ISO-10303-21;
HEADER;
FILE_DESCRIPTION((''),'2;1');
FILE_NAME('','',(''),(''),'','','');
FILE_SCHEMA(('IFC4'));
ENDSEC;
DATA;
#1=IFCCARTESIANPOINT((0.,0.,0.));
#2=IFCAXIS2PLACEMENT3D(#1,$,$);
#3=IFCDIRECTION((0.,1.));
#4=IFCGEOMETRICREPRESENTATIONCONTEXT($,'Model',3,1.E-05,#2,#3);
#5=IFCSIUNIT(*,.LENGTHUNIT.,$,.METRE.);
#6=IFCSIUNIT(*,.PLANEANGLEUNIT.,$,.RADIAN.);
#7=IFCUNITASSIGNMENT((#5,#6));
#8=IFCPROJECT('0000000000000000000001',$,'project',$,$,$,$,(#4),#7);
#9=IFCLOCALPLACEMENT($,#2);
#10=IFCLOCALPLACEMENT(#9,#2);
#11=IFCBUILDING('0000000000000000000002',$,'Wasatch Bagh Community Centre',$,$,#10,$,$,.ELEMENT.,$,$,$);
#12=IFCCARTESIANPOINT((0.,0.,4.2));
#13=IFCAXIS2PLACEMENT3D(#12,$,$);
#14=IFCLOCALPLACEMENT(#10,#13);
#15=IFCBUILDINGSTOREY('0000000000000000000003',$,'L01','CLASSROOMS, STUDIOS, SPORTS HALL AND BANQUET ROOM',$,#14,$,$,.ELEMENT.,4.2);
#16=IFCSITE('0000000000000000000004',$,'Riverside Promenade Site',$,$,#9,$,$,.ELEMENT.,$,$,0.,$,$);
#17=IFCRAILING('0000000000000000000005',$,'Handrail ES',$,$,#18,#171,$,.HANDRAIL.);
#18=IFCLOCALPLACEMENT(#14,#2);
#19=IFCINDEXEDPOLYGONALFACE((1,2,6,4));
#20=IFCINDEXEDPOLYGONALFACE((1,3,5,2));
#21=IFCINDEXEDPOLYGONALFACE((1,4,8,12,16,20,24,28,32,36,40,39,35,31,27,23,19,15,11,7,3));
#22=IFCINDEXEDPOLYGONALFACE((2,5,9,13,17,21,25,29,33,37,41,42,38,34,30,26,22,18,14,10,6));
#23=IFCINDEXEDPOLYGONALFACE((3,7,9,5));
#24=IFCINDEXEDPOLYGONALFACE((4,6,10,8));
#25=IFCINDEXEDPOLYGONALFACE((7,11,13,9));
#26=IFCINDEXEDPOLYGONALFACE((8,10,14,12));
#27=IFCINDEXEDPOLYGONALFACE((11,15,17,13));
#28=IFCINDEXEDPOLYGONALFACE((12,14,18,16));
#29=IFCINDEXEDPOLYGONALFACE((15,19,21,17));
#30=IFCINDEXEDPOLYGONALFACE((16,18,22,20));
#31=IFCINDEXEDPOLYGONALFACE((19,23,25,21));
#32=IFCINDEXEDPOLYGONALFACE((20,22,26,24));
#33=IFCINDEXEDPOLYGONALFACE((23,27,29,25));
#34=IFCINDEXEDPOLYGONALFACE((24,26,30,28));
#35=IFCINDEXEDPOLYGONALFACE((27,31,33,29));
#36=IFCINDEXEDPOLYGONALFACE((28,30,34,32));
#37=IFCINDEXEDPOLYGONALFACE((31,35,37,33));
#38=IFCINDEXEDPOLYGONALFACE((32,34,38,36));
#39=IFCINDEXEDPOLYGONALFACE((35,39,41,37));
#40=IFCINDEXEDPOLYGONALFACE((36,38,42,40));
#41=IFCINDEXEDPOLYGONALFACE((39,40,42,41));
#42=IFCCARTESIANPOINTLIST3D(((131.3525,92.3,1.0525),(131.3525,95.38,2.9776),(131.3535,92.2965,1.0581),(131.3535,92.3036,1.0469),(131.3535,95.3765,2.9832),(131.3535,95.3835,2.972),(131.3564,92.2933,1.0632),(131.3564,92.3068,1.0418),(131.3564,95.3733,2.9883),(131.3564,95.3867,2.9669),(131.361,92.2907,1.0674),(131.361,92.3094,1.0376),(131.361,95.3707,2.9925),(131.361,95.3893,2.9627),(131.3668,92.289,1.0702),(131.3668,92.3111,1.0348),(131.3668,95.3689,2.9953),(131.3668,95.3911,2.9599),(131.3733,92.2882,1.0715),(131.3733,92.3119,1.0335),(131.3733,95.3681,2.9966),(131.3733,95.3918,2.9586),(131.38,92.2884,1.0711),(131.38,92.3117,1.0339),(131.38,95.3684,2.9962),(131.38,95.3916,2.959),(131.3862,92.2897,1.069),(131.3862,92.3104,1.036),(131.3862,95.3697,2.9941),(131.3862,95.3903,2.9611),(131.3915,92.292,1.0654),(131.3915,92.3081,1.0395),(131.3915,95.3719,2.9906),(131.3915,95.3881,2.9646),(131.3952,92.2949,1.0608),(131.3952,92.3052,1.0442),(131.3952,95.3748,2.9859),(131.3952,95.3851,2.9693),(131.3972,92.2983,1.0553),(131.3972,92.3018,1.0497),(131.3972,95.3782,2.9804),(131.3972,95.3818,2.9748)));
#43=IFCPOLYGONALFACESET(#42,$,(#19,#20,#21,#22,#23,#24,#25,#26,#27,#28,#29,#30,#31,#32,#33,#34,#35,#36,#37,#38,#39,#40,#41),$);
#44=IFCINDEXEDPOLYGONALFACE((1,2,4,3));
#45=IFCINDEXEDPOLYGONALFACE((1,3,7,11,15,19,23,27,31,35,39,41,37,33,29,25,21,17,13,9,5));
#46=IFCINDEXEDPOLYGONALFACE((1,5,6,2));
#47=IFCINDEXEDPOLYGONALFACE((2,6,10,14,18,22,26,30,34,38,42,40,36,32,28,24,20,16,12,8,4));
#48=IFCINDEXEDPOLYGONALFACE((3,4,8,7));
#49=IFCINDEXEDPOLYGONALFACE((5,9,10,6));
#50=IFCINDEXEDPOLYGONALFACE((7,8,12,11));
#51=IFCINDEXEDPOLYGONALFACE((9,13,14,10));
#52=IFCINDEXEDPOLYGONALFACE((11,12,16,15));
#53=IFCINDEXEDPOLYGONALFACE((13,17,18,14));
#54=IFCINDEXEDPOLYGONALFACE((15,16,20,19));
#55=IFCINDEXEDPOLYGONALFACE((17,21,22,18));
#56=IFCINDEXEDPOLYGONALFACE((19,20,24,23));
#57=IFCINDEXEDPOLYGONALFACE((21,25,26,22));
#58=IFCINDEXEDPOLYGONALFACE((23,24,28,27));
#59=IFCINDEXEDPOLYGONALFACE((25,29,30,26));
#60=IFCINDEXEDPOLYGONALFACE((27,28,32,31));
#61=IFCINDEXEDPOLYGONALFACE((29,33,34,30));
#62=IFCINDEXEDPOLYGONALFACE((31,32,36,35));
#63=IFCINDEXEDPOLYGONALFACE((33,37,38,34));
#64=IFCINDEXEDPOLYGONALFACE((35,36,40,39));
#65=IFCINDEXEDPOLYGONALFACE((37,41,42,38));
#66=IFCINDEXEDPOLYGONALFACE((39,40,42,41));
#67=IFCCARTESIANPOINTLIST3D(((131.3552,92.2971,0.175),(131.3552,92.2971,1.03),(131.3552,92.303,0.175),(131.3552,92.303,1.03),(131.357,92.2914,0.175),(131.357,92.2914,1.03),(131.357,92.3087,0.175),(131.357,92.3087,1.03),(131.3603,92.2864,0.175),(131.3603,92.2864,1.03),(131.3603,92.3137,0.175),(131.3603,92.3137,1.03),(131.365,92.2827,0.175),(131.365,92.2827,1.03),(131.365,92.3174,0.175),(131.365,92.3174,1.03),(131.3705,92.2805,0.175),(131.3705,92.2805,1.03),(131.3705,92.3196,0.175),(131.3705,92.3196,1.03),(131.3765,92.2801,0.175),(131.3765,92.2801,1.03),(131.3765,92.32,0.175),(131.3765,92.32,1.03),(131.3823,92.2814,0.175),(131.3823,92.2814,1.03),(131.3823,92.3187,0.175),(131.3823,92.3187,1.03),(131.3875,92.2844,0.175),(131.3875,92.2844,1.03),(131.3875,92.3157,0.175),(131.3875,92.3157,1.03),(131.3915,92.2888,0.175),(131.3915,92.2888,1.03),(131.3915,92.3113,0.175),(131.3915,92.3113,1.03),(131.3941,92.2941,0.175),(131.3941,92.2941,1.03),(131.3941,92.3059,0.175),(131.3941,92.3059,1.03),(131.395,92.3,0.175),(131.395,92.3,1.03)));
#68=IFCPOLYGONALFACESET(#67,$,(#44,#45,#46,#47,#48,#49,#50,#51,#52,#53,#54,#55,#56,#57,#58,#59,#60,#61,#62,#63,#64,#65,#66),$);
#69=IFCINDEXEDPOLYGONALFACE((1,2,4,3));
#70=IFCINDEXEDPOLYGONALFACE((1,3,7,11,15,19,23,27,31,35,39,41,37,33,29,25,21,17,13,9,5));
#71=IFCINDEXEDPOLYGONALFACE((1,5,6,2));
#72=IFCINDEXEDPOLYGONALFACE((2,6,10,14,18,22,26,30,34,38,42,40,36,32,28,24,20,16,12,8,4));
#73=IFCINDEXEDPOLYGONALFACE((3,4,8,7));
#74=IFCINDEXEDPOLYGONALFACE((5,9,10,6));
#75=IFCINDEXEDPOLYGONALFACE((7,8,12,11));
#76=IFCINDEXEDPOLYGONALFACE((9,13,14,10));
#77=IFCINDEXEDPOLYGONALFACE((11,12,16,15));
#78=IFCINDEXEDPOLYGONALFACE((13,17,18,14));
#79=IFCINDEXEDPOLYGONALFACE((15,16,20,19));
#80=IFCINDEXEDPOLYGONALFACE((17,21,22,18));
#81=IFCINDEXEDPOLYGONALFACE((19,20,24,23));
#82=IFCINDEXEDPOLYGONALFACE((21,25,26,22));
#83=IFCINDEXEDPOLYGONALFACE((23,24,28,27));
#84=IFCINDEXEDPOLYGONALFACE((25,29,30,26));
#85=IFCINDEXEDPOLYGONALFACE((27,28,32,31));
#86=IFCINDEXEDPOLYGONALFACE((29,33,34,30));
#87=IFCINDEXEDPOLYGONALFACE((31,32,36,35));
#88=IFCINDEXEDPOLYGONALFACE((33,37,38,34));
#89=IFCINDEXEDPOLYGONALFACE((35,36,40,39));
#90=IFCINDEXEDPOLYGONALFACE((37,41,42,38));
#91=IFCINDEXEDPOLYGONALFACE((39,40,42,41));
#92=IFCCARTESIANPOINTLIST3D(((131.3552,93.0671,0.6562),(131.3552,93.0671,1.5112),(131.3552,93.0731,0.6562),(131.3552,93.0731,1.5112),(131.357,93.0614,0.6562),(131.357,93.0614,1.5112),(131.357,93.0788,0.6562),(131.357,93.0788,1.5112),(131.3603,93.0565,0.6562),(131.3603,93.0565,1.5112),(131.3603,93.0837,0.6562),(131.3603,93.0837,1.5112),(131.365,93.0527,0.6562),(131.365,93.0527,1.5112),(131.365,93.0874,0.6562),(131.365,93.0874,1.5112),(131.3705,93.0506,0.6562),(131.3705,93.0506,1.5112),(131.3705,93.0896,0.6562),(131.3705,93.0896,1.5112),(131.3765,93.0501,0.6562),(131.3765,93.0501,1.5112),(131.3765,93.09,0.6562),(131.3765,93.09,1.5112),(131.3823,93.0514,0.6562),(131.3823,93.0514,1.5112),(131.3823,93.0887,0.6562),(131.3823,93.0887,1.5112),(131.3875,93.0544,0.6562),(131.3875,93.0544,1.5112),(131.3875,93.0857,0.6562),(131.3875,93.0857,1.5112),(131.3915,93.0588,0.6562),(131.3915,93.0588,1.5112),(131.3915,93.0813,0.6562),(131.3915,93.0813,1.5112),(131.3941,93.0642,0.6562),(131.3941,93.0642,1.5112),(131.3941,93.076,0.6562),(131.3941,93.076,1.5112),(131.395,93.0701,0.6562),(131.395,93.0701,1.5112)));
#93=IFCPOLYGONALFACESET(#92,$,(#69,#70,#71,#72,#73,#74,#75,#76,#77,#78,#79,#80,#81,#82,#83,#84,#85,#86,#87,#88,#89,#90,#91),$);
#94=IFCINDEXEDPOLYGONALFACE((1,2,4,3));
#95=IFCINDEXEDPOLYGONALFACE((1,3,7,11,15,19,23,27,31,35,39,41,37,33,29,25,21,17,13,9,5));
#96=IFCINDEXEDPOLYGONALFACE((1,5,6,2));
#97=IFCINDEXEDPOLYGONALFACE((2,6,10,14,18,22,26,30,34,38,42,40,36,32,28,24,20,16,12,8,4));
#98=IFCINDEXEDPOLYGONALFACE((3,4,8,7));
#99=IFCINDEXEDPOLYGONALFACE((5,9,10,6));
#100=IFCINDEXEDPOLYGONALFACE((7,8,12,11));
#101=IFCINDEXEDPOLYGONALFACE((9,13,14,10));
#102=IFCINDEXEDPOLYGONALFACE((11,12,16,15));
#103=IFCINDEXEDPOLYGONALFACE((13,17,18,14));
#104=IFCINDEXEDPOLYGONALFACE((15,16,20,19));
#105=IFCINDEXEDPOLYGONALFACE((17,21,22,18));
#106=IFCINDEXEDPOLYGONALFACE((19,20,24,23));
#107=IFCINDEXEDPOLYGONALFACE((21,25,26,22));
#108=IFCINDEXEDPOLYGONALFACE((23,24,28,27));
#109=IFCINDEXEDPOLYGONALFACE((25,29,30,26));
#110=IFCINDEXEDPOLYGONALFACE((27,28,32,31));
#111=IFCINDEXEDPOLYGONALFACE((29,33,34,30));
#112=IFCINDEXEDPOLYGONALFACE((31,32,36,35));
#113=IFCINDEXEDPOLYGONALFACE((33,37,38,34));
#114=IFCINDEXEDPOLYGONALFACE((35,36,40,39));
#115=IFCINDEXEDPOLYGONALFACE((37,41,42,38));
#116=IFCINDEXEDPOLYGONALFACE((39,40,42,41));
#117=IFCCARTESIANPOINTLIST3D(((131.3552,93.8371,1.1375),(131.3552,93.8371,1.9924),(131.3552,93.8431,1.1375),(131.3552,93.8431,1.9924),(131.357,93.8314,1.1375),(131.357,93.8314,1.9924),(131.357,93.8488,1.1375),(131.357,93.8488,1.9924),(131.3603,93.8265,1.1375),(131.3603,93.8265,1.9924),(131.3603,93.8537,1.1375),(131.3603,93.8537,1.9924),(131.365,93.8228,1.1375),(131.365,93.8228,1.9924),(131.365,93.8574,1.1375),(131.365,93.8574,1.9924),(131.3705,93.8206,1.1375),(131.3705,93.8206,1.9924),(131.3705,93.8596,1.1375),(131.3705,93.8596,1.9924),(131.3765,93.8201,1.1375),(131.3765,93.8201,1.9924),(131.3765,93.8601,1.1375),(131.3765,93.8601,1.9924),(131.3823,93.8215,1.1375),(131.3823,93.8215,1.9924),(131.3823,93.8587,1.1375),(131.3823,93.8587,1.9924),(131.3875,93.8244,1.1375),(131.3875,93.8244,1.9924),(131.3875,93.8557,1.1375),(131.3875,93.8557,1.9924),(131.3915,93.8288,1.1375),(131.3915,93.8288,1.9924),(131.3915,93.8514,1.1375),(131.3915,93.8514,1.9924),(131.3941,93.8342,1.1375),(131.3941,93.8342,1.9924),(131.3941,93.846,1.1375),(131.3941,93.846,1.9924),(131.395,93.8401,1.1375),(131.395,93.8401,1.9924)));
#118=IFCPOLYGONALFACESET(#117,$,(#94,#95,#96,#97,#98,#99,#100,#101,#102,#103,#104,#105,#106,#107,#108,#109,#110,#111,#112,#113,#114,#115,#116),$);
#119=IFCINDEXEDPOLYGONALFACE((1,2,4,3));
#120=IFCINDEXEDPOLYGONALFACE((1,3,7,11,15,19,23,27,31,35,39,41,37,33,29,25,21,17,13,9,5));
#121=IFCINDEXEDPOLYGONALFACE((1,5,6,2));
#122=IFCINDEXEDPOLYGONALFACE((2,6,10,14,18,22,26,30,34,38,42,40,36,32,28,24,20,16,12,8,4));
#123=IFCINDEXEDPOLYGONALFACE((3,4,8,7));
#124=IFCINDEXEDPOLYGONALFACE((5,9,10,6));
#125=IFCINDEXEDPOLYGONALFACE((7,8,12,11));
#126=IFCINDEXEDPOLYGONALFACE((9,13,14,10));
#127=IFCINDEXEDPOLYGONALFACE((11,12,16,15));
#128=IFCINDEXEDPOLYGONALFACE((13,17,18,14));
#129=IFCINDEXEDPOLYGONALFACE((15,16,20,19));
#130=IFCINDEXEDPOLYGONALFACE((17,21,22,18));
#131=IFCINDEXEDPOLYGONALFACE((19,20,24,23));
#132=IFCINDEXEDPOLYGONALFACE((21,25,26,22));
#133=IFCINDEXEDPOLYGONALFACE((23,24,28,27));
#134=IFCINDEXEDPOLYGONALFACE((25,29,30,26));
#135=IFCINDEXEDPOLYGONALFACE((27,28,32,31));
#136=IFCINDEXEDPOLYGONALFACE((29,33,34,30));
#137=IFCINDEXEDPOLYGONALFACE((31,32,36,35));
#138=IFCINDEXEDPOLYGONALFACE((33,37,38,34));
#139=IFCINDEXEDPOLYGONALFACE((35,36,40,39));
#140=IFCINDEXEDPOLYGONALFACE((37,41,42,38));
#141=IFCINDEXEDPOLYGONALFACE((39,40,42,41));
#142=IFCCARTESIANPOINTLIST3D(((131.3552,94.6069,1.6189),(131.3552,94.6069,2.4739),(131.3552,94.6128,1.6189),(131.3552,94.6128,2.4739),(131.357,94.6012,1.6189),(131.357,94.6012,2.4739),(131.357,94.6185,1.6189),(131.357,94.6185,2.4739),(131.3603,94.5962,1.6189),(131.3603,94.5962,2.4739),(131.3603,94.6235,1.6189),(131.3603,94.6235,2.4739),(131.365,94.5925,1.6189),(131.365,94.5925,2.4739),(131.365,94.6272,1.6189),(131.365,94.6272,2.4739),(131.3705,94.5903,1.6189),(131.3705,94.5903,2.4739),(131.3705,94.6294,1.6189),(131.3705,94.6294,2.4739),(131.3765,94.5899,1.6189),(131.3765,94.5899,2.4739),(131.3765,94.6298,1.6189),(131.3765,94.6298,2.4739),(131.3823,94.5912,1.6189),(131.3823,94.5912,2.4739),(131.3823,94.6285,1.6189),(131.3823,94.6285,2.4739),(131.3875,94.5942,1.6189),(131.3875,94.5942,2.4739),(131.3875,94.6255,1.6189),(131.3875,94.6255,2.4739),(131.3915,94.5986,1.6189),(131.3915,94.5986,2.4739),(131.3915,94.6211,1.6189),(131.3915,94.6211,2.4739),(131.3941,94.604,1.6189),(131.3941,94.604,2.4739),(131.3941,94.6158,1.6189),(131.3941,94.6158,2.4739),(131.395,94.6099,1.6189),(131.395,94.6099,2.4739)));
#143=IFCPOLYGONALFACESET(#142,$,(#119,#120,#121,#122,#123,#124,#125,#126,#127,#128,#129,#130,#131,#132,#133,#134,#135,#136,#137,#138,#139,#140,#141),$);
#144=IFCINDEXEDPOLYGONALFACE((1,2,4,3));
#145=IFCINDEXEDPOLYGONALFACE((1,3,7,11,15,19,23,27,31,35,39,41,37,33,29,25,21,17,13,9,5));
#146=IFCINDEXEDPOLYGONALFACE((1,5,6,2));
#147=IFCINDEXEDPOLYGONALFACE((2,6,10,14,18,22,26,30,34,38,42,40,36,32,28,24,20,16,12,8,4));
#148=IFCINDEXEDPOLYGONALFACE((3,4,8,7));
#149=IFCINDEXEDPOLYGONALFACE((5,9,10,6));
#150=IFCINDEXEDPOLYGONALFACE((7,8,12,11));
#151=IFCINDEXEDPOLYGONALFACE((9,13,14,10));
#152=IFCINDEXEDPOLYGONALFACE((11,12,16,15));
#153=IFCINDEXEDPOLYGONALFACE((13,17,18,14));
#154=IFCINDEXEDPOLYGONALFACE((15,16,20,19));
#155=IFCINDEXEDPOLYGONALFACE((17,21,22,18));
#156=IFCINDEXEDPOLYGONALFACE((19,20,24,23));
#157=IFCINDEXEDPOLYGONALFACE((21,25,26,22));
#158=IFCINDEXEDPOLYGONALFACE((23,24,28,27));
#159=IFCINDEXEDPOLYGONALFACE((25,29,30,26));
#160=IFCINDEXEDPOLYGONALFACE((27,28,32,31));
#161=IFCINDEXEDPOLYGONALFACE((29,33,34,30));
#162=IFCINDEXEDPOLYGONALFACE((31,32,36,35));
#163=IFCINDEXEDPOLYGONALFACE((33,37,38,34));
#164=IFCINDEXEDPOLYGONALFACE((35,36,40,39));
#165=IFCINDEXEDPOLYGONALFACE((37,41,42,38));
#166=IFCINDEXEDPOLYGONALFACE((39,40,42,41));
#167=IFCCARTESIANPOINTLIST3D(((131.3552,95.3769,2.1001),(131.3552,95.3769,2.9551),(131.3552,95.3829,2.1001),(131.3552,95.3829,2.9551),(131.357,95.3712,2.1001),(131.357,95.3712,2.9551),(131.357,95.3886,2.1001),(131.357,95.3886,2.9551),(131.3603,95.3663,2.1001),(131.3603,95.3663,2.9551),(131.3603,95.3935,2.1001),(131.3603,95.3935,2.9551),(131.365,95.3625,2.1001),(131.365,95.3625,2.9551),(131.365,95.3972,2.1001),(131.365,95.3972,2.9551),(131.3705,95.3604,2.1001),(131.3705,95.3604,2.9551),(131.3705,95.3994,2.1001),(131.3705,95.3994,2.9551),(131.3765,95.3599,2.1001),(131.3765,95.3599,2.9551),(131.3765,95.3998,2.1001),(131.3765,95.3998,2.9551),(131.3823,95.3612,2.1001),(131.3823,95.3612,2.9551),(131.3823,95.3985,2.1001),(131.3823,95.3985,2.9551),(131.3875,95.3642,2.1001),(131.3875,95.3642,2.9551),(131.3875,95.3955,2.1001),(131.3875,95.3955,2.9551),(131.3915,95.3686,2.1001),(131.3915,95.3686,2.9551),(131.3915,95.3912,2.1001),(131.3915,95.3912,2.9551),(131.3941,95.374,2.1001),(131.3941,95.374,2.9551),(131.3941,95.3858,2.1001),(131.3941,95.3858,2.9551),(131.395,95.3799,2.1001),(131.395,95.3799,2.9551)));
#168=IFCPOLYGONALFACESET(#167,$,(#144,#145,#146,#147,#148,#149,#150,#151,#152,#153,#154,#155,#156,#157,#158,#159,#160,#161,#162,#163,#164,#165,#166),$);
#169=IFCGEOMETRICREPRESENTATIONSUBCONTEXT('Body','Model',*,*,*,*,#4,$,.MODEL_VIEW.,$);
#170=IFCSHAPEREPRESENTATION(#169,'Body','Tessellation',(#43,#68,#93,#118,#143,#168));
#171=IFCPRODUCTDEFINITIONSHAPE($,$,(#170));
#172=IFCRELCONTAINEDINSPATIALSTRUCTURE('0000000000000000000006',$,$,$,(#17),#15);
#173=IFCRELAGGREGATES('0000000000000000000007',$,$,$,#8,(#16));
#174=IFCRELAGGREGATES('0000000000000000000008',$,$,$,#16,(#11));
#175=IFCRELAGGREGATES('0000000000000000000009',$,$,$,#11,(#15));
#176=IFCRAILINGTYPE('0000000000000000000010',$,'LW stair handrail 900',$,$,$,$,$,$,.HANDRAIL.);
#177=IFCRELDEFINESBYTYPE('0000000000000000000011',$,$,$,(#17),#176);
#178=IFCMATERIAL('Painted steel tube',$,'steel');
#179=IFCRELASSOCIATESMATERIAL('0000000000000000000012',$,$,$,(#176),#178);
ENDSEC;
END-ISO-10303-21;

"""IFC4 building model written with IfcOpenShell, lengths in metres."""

from ifc_helpers import new_model, si_unit, direction, frame, origin, origin_2d, place, context, subcontext, project, spatial, circle, extrude, material, type_object, element, save


model = new_model("IFC4")

# Units and contexts
model_context = context("Model", 3, precision=1e-05, world=origin(), true_north=direction((0.0, 1.0)))
body_context = subcontext(model_context, "Body", "Model", "MODEL_VIEW")
ifc_project = project(units=[si_unit("LENGTHUNIT", "METRE"), si_unit("PLANEANGLEUNIT", "RADIAN")], contexts=[model_context])

# Site, building, storey
site_placement = place(None, origin())
site = spatial("IfcSite", under=ifc_project, at=site_placement, Name="Riverside Promenade Site", CompositionType="ELEMENT", RefElevation=0.0)
building_placement = place(site_placement, origin())
building = spatial("IfcBuilding", under=site, at=building_placement, Name="Wasatch Bagh Community Centre", CompositionType="ELEMENT")
storey_placement = place(building_placement, frame((0.0, 0.0, 4.2)))
storey = spatial("IfcBuildingStorey", under=building, at=storey_placement, Name="L01", Description="CLASSROOMS, STUDIOS, SPORTS HALL AND BANQUET ROOM", CompositionType="ELEMENT", Elevation=4.2)

# Railing
ifc_material_1 = material(Name="Painted steel tube", Category="steel")
railing_type_1 = type_object("IfcRailingType", Name="LW stair handrail 900", PredefinedType="HANDRAIL", material=ifc_material_1)
for number, where, name in (
    (1, (131.375, 92.3, 0.175), "Handrail ES"),
):
    element("IfcRailing", number, at=place(storey_placement, frame(where)), inside=storey, type_object=railing_type_1, Name=name, PredefinedType="HANDRAIL", context=body_context, shape_type="SweptSolid", body=[
        extrude(circle(Radius=0.0225, at=origin_2d()), frame((0.0, 0.0, 0.8774), z_axis=(0.0, 0.847979, 0.530029), x_axis=(-1.0, 0.0, 0.0)), (0.0, 0.0, 1.0), 3.6321),
        extrude(circle(Radius=0.02, at=origin_2d()), origin(), (0.0, 0.0, 1.0), 0.855),
        extrude(circle(Radius=0.02, at=origin_2d()), frame((0.0, 0.77, 0.4812)), (0.0, 0.0, 1.0), 0.855),
        extrude(circle(Radius=0.02, at=origin_2d()), frame((0.0, 1.54, 0.9624)), (0.0, 0.0, 1.0), 0.855),
        extrude(circle(Radius=0.02, at=origin_2d()), frame((0.0, 2.3098, 1.4438)), (0.0, 0.0, 1.0), 0.855),
        extrude(circle(Radius=0.02, at=origin_2d()), frame((0.0, 3.0798, 1.925)), (0.0, 0.0, 1.0), 0.855),
    ])

save(model, "model.ifc")
